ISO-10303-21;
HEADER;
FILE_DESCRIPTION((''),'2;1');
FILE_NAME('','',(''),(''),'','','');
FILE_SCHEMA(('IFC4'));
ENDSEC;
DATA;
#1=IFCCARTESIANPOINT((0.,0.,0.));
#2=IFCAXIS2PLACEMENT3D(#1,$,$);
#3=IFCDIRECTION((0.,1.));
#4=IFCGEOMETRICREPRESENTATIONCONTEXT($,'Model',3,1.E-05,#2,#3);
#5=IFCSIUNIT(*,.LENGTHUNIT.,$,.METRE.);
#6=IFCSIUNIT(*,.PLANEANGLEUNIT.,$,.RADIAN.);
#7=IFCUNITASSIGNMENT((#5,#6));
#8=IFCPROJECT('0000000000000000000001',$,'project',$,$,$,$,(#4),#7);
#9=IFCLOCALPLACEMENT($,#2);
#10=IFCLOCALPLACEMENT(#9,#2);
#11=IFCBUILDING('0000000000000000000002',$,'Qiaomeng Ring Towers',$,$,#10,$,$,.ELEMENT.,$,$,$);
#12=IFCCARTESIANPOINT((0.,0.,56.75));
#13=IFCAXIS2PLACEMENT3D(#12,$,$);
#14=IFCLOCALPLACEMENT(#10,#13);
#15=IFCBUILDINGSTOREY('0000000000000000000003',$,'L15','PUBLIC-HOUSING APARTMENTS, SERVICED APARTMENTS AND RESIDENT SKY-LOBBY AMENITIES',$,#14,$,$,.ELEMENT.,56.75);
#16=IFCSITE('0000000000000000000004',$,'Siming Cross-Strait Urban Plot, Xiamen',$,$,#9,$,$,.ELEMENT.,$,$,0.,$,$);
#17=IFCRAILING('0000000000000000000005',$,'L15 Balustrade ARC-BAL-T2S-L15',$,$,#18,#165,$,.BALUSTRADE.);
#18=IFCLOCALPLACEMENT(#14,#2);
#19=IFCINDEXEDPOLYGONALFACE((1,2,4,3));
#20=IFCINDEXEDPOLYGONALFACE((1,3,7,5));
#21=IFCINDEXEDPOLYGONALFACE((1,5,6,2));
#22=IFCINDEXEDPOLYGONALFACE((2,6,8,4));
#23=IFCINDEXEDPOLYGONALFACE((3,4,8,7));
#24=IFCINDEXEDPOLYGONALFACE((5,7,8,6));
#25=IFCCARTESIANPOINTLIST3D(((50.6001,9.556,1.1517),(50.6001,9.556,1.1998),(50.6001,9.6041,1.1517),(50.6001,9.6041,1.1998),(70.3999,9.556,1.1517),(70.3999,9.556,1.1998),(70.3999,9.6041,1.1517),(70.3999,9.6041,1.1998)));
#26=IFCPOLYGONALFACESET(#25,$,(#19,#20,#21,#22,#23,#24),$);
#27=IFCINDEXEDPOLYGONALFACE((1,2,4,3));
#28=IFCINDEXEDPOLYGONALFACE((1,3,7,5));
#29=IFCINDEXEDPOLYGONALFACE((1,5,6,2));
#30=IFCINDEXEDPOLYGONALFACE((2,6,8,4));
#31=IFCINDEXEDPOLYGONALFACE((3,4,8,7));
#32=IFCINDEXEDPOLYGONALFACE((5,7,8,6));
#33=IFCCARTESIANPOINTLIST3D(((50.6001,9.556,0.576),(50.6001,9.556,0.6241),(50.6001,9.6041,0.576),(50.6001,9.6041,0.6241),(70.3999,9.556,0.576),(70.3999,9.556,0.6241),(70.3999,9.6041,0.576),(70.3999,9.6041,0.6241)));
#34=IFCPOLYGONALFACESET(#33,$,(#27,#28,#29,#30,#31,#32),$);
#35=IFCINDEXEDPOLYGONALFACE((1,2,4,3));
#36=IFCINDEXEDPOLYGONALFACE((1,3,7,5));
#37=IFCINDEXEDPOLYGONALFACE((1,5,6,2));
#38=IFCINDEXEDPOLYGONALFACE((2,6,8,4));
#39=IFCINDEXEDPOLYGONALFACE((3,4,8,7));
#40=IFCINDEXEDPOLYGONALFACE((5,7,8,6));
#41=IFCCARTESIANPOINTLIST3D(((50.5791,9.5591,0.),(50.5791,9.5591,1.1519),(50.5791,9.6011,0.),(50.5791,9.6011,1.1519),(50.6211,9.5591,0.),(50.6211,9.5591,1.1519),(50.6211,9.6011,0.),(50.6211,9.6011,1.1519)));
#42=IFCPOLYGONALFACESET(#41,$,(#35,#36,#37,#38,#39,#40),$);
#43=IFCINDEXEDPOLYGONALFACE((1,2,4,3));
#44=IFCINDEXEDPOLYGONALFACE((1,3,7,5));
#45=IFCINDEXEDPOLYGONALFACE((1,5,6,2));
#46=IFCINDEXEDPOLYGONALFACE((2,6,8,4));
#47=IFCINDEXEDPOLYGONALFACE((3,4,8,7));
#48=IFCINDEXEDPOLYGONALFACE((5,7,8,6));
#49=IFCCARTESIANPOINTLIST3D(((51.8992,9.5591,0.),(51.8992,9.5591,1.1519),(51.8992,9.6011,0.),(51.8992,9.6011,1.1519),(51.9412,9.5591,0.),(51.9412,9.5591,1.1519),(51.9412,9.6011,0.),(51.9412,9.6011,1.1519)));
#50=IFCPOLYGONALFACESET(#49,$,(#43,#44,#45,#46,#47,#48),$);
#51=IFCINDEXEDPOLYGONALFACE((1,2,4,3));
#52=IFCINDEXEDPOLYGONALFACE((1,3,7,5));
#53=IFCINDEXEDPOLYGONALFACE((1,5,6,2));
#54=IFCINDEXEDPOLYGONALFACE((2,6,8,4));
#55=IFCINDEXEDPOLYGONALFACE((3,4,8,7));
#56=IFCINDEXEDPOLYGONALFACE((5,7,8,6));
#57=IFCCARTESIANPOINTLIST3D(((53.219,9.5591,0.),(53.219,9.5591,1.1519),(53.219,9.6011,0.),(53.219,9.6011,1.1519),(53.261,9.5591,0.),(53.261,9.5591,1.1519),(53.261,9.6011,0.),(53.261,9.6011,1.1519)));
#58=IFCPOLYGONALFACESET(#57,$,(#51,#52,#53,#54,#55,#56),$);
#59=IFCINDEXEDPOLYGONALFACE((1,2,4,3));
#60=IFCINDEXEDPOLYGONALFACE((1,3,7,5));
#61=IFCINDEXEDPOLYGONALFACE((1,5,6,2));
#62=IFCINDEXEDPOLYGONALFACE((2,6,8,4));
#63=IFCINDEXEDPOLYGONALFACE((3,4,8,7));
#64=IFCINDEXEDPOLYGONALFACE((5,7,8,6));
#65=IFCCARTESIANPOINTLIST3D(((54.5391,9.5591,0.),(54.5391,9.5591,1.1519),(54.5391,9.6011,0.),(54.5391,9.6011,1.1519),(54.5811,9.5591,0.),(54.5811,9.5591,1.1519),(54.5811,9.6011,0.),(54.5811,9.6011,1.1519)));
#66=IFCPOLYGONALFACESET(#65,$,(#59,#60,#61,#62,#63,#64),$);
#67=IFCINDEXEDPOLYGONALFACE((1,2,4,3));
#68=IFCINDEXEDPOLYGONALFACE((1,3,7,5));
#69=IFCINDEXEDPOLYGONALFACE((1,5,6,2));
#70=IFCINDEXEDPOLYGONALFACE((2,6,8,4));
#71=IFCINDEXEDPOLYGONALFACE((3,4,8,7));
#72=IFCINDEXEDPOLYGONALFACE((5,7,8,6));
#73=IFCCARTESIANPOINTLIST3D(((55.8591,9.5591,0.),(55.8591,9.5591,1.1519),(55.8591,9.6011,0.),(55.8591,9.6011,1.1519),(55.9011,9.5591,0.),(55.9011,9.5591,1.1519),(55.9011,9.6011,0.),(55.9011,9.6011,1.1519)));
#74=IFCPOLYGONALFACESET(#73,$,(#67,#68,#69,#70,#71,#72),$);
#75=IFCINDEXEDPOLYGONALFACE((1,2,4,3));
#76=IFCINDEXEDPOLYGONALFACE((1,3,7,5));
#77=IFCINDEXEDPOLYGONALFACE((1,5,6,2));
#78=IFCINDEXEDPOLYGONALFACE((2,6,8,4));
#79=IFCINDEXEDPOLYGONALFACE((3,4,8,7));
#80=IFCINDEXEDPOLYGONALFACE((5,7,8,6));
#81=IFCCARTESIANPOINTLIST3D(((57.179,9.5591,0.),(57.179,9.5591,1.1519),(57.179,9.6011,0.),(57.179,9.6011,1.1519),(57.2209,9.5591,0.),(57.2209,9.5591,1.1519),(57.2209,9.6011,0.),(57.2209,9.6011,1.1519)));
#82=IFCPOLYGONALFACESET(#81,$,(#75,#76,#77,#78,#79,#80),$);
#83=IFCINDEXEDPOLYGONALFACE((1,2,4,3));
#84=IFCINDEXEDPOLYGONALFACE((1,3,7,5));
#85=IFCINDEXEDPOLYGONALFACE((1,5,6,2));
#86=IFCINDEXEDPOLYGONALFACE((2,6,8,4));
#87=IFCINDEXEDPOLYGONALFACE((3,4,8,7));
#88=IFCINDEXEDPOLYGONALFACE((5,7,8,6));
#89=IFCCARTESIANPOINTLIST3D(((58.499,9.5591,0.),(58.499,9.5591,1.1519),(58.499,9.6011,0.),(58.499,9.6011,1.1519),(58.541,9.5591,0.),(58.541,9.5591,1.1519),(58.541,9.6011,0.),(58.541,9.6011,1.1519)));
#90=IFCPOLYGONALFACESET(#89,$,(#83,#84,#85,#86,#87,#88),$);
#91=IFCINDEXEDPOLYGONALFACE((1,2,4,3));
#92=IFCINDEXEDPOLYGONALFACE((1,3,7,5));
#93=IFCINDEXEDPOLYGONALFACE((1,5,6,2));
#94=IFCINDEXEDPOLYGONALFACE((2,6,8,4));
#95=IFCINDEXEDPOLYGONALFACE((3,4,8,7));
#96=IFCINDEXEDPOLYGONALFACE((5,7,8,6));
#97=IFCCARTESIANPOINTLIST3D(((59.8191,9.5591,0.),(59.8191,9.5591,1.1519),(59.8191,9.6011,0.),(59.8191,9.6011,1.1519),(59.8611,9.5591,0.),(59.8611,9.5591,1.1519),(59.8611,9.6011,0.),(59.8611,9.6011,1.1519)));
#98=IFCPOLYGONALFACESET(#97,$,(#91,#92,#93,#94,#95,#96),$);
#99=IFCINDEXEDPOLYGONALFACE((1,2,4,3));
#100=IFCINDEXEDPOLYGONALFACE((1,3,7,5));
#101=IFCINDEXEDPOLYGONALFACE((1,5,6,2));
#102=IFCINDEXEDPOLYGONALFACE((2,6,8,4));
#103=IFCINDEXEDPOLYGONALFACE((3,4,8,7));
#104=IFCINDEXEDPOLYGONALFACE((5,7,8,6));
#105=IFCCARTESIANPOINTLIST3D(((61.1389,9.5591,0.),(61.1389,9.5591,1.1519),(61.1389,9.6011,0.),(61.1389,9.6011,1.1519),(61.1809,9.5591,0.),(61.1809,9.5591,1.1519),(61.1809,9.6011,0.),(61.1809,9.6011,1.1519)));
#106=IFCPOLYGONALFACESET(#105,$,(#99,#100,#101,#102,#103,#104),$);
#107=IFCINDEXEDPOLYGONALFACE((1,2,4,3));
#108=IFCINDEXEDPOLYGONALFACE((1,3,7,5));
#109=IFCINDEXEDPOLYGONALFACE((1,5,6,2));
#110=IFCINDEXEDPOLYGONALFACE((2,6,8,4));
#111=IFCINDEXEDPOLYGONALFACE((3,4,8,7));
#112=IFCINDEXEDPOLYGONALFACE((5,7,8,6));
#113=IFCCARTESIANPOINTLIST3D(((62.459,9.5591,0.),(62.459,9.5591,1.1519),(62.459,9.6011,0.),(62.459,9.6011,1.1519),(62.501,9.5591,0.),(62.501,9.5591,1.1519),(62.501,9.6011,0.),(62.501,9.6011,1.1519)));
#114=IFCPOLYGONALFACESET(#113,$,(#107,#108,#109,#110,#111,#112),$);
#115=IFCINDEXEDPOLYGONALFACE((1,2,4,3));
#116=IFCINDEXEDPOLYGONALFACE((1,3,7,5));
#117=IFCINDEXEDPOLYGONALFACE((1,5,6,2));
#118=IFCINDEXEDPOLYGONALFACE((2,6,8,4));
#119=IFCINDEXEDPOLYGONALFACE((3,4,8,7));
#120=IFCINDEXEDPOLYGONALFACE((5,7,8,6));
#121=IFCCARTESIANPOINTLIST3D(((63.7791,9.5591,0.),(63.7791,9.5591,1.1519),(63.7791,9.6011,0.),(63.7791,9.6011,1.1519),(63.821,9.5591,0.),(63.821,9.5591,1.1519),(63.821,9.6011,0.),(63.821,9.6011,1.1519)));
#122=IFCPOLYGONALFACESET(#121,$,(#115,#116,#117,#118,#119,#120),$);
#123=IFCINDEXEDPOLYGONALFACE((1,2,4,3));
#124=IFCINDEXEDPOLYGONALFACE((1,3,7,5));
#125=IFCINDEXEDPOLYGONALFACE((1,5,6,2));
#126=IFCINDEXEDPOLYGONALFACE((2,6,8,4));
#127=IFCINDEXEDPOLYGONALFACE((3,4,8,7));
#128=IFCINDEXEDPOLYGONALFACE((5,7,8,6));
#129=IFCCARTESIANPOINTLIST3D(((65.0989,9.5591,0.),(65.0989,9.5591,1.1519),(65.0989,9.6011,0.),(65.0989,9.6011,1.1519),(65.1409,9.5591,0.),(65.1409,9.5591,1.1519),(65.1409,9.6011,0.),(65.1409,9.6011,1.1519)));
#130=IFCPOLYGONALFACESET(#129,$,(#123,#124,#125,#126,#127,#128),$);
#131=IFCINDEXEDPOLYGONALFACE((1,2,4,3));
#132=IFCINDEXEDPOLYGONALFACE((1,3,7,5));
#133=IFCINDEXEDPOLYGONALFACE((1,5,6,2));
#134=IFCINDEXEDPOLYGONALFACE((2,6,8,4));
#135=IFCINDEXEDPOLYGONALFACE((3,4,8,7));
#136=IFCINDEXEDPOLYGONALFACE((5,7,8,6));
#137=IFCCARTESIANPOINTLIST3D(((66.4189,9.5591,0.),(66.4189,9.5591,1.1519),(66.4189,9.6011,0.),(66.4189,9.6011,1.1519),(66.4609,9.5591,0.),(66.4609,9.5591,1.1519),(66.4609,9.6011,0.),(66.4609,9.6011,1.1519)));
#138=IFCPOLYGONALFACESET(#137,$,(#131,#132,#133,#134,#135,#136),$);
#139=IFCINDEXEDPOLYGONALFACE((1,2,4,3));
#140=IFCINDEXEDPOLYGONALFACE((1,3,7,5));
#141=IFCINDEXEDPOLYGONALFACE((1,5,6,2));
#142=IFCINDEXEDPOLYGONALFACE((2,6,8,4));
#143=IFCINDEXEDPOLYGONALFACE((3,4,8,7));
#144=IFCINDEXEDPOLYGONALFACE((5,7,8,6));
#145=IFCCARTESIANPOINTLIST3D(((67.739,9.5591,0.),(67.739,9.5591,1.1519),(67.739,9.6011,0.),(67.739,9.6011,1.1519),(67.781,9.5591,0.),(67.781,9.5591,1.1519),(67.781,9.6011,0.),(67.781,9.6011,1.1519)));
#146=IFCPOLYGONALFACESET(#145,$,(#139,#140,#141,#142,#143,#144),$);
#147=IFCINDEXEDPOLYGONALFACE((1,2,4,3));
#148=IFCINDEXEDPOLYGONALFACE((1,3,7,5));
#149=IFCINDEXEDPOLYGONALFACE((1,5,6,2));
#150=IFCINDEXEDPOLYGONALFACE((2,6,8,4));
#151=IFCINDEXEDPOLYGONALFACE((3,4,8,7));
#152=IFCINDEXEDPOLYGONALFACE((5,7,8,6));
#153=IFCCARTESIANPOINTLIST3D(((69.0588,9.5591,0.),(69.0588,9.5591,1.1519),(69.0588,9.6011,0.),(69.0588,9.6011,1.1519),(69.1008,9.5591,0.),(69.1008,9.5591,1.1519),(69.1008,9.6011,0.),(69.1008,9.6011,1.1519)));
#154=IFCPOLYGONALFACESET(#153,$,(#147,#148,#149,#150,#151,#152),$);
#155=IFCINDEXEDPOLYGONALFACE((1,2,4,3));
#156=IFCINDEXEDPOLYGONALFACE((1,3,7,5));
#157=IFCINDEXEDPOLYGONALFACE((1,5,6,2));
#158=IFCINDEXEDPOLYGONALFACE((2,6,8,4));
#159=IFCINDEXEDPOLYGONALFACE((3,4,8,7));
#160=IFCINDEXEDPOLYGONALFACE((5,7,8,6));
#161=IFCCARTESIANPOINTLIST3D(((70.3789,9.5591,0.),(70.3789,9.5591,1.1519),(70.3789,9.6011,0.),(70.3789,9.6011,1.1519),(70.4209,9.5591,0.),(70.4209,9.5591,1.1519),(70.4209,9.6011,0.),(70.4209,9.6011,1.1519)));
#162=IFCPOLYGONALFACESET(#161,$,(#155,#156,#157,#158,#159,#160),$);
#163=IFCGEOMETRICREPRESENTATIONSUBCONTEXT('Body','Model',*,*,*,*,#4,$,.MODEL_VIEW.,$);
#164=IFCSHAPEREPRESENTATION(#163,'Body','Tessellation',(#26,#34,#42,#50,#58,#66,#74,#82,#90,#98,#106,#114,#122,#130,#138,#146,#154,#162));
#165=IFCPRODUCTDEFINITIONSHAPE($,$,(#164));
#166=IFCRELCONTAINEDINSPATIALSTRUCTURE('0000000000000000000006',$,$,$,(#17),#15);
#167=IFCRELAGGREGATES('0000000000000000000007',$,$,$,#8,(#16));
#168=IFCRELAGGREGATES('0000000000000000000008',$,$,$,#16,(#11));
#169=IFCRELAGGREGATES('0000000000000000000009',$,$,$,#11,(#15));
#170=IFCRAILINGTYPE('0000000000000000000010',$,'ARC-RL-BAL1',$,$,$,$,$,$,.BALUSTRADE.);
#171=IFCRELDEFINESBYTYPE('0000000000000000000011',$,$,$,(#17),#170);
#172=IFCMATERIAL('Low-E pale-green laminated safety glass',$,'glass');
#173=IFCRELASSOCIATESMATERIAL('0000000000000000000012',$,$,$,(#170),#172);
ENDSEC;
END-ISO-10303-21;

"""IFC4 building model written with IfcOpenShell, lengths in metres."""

from ifc_helpers import new_model, si_unit, direction, frame, origin, origin_2d, place, context, subcontext, project, spatial, rectangle, extrude, material, type_object, element, save


model = new_model("IFC4")

# Units and contexts
model_context = context("Model", 3, precision=1e-05, world=origin(), true_north=direction((0.0, 1.0)))
body_context = subcontext(model_context, "Body", "Model", "MODEL_VIEW")
ifc_project = project(units=[si_unit("LENGTHUNIT", "METRE"), si_unit("PLANEANGLEUNIT", "RADIAN")], contexts=[model_context])

# Site, building, storey
site_placement = place(None, origin())
site = spatial("IfcSite", under=ifc_project, at=site_placement, Name="Siming Cross-Strait Urban Plot, Xiamen", CompositionType="ELEMENT", RefElevation=0.0)
building_placement = place(site_placement, origin())
building = spatial("IfcBuilding", under=site, at=building_placement, Name="Qiaomeng Ring Towers", CompositionType="ELEMENT")
storey_placement = place(building_placement, frame((0.0, 0.0, 56.75)))
storey = spatial("IfcBuildingStorey", under=building, at=storey_placement, Name="L15", Description="PUBLIC-HOUSING APARTMENTS, SERVICED APARTMENTS AND RESIDENT SKY-LOBBY AMENITIES", CompositionType="ELEMENT", Elevation=56.75)

# Railing
ifc_material_1 = material(Name="Low-E pale-green laminated safety glass", Category="glass")
railing_type = type_object("IfcRailingType", Name="ARC-RL-BAL1", PredefinedType="BALUSTRADE", material=ifc_material_1)
railing_placement = place(storey_placement, frame((50.6001, 9.5801, 0.0)))
element("IfcRailing", 1, at=railing_placement, inside=storey, type_object=railing_type, Name="L15 Balustrade ARC-BAL-T2S-L15", PredefinedType="BALUSTRADE", context=body_context, shape_type="SweptSolid", body=[
    extrude(rectangle(XDim=0.0481, YDim=0.0481, at=origin_2d()), frame((0.0, 0.0, 1.1758), z_axis=(1.0, 0.0, 0.0), x_axis=(0.0, 1.0, 0.0)), (0.0, 0.0, 1.0), 19.7998),
    extrude(rectangle(XDim=0.0481, YDim=0.0481, at=origin_2d()), frame((0.0, 0.0, 0.6001), z_axis=(1.0, 0.0, 0.0), x_axis=(0.0, 1.0, 0.0)), (0.0, 0.0, 1.0), 19.7998),
    extrude(rectangle(XDim=0.042, YDim=0.042, at=origin_2d()), origin(), (0.0, 0.0, 1.0), 1.1519),
    extrude(rectangle(XDim=0.042, YDim=0.042, at=origin_2d()), frame((1.3201, 0.0, 0.0)), (0.0, 0.0, 1.0), 1.1519),
    extrude(rectangle(XDim=0.042, YDim=0.042, at=origin_2d()), frame((2.6399, 0.0, 0.0)), (0.0, 0.0, 1.0), 1.1519),
    extrude(rectangle(XDim=0.042, YDim=0.042, at=origin_2d()), frame((3.96, 0.0, 0.0)), (0.0, 0.0, 1.0), 1.1519),
    extrude(rectangle(XDim=0.042, YDim=0.042, at=origin_2d()), frame((5.28, 0.0, 0.0)), (0.0, 0.0, 1.0), 1.1519),
    extrude(rectangle(XDim=0.042, YDim=0.042, at=origin_2d()), frame((6.5999, 0.0, 0.0)), (0.0, 0.0, 1.0), 1.1519),
    extrude(rectangle(XDim=0.042, YDim=0.042, at=origin_2d()), frame((7.9199, 0.0, 0.0)), (0.0, 0.0, 1.0), 1.1519),
    extrude(rectangle(XDim=0.042, YDim=0.042, at=origin_2d()), frame((9.24, 0.0, 0.0)), (0.0, 0.0, 1.0), 1.1519),
    extrude(rectangle(XDim=0.042, YDim=0.042, at=origin_2d()), frame((10.5598, 0.0, 0.0)), (0.0, 0.0, 1.0), 1.1519),
    extrude(rectangle(XDim=0.042, YDim=0.042, at=origin_2d()), frame((11.8799, 0.0, 0.0)), (0.0, 0.0, 1.0), 1.1519),
    extrude(rectangle(XDim=0.042, YDim=0.042, at=origin_2d()), frame((13.2, 0.0, 0.0)), (0.0, 0.0, 1.0), 1.1519),
    extrude(rectangle(XDim=0.042, YDim=0.042, at=origin_2d()), frame((14.5198, 0.0, 0.0)), (0.0, 0.0, 1.0), 1.1519),
    extrude(rectangle(XDim=0.042, YDim=0.042, at=origin_2d()), frame((15.8398, 0.0, 0.0)), (0.0, 0.0, 1.0), 1.1519),
    extrude(rectangle(XDim=0.042, YDim=0.042, at=origin_2d()), frame((17.1599, 0.0, 0.0)), (0.0, 0.0, 1.0), 1.1519),
    extrude(rectangle(XDim=0.042, YDim=0.042, at=origin_2d()), frame((18.4797, 0.0, 0.0)), (0.0, 0.0, 1.0), 1.1519),
    extrude(rectangle(XDim=0.042, YDim=0.042, at=origin_2d()), frame((19.7998, 0.0, 0.0)), (0.0, 0.0, 1.0), 1.1519),
])

save(model, "model.ifc")
